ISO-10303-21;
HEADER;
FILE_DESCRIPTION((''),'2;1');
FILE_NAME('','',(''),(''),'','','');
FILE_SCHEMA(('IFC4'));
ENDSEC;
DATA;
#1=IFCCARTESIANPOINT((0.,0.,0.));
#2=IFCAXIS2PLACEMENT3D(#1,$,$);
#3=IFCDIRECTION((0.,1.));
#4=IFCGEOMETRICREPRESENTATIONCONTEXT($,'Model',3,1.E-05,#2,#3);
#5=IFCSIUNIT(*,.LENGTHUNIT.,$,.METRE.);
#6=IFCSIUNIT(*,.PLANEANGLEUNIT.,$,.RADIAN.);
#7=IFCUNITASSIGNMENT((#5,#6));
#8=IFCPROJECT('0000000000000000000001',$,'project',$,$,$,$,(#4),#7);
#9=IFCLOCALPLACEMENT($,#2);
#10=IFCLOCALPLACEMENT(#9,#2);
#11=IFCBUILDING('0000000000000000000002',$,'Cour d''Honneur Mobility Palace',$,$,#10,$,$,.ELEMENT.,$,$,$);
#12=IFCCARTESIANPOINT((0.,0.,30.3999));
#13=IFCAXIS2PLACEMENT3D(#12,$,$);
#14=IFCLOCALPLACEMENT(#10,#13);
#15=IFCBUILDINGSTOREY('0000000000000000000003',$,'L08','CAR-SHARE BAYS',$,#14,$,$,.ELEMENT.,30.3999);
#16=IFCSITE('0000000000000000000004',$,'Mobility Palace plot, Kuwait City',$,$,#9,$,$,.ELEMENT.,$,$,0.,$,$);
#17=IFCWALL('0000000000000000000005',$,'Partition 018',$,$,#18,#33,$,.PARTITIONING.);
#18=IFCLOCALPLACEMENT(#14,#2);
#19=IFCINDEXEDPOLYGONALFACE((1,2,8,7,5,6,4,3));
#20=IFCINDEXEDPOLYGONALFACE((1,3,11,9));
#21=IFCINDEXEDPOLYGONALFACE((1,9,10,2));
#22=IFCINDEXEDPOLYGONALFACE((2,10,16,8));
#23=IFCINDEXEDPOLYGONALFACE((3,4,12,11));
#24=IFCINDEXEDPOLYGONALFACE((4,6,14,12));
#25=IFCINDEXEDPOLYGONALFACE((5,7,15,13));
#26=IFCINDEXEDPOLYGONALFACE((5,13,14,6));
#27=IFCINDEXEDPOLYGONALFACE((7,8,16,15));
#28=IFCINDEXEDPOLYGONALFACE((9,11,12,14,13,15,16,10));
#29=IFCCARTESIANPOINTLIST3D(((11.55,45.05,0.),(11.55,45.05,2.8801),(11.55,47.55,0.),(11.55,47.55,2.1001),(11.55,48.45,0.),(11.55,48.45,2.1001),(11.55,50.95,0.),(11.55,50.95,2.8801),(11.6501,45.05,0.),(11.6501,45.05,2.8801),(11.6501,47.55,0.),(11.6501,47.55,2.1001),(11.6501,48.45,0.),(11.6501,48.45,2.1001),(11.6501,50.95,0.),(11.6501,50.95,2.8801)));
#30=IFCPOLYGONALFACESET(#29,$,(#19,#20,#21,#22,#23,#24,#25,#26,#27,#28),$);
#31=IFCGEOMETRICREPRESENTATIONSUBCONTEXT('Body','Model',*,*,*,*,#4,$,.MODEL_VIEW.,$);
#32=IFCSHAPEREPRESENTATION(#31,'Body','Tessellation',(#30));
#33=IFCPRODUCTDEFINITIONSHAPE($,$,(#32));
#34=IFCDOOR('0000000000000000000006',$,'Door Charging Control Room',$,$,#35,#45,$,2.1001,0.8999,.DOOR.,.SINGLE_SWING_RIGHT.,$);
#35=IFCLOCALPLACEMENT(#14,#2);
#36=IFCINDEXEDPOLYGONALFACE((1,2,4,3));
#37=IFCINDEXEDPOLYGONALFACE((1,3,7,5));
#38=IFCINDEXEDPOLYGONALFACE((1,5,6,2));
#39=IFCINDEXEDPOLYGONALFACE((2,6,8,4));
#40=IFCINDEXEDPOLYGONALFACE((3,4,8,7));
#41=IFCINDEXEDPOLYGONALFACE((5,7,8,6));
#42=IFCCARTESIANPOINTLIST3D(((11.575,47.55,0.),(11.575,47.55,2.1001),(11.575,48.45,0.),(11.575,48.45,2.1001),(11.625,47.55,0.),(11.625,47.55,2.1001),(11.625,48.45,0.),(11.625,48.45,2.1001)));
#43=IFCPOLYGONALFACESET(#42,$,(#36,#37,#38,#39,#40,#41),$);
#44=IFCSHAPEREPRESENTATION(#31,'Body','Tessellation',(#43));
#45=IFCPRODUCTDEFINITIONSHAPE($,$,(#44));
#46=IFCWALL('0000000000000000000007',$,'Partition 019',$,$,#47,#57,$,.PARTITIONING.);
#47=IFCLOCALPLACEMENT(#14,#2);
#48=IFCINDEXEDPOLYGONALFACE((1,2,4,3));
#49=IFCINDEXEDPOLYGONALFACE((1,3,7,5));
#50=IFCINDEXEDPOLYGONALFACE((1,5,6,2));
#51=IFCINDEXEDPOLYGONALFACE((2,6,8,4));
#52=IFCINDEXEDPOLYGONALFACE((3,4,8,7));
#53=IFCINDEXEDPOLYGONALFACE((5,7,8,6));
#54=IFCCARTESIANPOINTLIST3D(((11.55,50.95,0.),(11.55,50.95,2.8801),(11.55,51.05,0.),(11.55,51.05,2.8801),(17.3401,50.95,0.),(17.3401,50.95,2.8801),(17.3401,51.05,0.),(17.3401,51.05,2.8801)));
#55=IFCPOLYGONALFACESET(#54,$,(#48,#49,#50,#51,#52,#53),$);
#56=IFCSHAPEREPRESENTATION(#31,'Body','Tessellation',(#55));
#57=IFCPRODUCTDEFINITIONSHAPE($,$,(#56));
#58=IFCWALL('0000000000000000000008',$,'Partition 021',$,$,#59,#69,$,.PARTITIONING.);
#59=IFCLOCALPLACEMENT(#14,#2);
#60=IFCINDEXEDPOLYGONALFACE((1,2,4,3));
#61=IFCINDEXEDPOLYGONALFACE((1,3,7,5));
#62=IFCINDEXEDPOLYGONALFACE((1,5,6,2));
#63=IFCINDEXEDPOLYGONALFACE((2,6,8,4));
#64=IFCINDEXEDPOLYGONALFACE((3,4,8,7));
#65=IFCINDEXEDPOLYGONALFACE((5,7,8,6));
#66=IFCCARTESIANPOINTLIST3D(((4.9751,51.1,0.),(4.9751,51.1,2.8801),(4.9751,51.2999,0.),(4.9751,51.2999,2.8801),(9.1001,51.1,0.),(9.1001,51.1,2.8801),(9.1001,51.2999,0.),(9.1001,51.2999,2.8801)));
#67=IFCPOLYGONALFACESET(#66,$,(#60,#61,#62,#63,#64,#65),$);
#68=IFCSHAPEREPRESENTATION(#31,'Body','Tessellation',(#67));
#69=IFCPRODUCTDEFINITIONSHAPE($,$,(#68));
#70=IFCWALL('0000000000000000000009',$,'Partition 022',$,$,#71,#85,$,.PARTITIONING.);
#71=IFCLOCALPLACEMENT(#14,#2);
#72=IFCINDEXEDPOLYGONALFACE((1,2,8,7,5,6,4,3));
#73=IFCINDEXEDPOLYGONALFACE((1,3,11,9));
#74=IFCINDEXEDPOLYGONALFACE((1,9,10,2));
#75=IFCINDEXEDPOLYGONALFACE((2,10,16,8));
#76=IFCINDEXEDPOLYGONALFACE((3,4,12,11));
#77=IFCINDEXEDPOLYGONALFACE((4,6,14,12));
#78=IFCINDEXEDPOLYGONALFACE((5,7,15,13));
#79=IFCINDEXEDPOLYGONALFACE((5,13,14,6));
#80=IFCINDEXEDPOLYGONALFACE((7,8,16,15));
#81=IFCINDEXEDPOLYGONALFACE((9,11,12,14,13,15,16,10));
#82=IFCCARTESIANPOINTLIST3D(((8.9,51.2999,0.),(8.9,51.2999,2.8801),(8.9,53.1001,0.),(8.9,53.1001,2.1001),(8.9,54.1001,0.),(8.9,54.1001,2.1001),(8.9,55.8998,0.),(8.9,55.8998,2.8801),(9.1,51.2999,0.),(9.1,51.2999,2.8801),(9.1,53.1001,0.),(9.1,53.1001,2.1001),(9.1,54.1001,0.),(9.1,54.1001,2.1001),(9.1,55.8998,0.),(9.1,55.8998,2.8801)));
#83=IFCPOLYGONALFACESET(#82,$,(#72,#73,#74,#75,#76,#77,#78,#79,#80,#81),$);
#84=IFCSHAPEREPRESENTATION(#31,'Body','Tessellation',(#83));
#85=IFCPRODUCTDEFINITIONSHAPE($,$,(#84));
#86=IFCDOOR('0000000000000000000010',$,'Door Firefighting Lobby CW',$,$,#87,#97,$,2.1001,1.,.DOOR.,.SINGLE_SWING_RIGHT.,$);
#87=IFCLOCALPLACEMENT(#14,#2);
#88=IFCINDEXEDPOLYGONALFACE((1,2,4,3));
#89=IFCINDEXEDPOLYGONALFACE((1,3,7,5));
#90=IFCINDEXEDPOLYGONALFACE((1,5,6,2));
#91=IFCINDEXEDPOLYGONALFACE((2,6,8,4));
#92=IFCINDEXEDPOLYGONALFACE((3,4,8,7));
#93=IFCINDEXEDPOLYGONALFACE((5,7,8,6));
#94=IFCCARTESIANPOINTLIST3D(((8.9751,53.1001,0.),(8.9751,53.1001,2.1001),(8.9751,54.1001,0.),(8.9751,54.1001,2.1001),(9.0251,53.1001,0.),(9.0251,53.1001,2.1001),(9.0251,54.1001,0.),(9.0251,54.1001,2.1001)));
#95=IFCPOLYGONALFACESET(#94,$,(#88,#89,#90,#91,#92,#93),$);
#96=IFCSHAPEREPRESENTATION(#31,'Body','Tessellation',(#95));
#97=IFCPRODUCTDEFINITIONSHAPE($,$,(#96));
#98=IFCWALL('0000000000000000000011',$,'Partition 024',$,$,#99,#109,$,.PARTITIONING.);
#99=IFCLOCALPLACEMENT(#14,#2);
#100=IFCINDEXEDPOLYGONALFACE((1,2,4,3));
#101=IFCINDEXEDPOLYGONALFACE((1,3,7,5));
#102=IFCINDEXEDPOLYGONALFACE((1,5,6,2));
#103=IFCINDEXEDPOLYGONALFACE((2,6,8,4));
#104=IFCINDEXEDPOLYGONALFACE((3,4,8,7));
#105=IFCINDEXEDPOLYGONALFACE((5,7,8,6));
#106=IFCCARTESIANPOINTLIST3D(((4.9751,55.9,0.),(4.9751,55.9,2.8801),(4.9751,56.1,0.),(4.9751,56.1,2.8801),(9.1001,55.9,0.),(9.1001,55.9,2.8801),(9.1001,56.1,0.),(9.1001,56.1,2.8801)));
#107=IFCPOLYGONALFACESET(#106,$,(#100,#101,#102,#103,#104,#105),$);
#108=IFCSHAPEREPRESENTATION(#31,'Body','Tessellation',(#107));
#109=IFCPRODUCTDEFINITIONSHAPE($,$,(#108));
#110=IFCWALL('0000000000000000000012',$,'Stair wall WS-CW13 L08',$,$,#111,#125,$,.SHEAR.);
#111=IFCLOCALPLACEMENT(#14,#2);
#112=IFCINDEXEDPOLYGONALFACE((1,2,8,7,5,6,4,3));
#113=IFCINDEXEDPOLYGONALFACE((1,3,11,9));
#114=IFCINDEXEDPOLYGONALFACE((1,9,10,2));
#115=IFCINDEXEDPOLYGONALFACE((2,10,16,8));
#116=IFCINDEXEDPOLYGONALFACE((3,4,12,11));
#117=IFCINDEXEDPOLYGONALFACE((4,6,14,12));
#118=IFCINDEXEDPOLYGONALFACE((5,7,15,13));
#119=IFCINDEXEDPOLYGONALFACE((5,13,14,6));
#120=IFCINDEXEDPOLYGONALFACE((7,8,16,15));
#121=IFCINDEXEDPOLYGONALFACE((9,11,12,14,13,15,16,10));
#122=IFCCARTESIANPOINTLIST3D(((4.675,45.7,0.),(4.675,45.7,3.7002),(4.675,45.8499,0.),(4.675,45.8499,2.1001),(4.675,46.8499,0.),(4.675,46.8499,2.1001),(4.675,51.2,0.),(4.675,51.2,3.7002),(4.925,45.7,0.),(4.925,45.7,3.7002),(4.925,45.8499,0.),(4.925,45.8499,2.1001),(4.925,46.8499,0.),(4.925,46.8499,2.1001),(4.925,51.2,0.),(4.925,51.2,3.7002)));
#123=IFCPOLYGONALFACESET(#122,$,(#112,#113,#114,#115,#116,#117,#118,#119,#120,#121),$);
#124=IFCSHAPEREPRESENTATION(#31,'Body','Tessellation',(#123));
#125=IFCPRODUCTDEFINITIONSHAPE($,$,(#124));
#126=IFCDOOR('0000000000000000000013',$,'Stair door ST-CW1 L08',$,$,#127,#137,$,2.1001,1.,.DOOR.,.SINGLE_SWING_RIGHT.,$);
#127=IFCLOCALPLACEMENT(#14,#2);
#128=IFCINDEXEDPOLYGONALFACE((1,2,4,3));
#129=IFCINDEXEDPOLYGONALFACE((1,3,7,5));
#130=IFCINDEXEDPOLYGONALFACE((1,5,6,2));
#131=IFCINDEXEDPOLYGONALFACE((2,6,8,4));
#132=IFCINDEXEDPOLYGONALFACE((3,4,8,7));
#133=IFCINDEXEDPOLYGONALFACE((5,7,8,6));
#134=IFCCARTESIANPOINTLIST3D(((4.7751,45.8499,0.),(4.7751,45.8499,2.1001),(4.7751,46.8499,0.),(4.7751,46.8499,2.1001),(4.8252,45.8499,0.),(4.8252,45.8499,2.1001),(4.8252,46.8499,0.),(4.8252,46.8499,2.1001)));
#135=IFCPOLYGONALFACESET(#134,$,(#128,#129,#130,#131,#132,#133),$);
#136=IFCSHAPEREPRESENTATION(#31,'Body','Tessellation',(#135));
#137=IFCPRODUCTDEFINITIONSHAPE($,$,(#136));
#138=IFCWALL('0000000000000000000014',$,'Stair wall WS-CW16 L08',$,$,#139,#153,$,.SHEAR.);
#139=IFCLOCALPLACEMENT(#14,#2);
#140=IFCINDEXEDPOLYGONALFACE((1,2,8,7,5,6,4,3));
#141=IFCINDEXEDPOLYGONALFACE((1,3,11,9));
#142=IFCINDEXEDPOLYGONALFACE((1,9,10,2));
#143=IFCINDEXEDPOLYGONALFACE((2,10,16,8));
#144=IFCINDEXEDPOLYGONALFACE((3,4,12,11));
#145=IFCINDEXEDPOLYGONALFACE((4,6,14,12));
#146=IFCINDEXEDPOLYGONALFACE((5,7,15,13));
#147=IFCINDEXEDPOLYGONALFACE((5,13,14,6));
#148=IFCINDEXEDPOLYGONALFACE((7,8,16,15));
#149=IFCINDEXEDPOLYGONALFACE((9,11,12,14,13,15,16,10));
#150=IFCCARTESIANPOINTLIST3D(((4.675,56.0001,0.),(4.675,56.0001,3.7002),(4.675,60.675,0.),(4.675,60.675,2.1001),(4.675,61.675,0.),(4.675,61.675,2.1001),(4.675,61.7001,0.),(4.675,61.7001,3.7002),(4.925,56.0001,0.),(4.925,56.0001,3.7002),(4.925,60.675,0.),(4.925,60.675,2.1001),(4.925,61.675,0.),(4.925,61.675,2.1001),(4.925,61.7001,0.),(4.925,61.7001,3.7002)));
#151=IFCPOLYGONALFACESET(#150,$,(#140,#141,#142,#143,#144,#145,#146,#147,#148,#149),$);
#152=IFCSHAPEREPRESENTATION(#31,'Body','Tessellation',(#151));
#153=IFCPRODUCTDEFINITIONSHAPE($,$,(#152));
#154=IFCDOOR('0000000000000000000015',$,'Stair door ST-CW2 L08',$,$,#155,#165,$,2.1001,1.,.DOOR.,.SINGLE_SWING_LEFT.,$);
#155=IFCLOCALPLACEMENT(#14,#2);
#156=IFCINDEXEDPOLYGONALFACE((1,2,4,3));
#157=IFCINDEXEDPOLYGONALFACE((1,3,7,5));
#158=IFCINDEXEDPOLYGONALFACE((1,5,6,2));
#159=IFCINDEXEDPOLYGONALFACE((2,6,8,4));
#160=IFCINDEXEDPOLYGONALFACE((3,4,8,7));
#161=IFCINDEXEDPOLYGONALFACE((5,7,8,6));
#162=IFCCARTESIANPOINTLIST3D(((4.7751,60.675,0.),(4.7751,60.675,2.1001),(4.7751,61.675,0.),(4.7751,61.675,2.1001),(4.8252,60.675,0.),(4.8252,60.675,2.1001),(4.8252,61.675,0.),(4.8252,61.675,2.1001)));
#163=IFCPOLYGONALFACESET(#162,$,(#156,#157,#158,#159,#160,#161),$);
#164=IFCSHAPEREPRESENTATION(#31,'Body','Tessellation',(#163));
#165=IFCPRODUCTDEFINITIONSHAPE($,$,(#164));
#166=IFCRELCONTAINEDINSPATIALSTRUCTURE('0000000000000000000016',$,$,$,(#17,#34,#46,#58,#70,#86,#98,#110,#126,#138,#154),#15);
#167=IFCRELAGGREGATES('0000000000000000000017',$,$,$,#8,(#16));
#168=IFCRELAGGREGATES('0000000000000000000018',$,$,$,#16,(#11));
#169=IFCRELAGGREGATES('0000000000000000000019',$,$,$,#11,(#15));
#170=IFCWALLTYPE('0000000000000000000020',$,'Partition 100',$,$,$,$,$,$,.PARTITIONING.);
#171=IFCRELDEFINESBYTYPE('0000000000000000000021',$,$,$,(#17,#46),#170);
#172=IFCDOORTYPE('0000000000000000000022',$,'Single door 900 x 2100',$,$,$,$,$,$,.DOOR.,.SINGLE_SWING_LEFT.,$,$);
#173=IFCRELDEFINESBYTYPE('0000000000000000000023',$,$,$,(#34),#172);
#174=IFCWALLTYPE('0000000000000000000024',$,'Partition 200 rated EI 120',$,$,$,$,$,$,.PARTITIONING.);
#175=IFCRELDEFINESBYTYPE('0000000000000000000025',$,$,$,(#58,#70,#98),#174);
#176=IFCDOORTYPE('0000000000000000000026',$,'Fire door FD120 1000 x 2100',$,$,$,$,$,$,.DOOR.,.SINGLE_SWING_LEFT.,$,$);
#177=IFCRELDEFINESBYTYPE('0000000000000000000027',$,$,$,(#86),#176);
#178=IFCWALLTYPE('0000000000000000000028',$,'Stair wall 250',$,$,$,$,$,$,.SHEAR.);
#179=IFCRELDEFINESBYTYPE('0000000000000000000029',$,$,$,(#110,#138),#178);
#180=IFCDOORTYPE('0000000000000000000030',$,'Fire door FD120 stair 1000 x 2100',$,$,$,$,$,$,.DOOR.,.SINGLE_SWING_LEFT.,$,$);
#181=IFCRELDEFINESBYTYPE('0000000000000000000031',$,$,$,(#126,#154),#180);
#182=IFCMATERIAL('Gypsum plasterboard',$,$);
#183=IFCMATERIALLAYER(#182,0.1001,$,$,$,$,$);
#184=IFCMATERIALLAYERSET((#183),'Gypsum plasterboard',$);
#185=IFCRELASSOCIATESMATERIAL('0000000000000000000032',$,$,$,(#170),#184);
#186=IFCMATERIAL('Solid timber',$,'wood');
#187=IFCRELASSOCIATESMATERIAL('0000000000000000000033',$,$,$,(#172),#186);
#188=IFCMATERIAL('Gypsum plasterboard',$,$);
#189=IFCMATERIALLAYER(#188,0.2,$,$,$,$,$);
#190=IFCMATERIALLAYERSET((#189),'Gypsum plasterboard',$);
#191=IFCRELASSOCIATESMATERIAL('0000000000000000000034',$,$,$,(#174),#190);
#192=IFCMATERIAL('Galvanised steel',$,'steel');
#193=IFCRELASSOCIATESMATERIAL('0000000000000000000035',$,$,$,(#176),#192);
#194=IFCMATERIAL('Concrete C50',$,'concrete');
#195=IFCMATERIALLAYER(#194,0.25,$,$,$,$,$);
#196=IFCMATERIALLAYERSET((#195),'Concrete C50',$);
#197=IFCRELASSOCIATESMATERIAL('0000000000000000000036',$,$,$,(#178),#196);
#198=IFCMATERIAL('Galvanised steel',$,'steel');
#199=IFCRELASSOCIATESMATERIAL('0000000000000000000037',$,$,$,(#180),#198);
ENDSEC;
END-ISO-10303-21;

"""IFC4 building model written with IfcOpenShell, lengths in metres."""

from ifc_helpers import new_model, si_unit, direction, frame, frame_2d, origin, place, context, subcontext, project, spatial, rectangle, extrude, material, layer, layer_set, type_object, element, fill, save


model = new_model("IFC4")

# Units and contexts
model_context = context("Model", 3, precision=1e-05, world=origin(), true_north=direction((0.0, 1.0)))
body_context = subcontext(model_context, "Body", "Model", "MODEL_VIEW")
ifc_project = project(units=[si_unit("LENGTHUNIT", "METRE"), si_unit("PLANEANGLEUNIT", "RADIAN")], contexts=[model_context])

# Site, building, storey
site_placement = place(None, origin())
site = spatial("IfcSite", under=ifc_project, at=site_placement, Name="Mobility Palace plot, Kuwait City", CompositionType="ELEMENT", RefElevation=0.0)
building_placement = place(site_placement, origin())
building = spatial("IfcBuilding", under=site, at=building_placement, Name="Cour d'Honneur Mobility Palace", CompositionType="ELEMENT")
storey_placement = place(building_placement, frame((0.0, 0.0, 30.3999)))
storey = spatial("IfcBuildingStorey", under=building, at=storey_placement, Name="L08", Description="CAR-SHARE BAYS", CompositionType="ELEMENT", Elevation=30.3999)

# Shared definitions
ifc_material_1 = material(Name="Gypsum plasterboard")
ifc_layer_1 = layer(ifc_material_1, 0.1001)
ifc_layer_set_1 = layer_set([ifc_layer_1], Name="Gypsum plasterboard")
wall_type_1 = type_object("IfcWallType", Name="Partition 100", PredefinedType="PARTITIONING", material=ifc_layer_set_1)

# Wall, opening, door
wall_1_placement = place(storey_placement, frame((11.6001, 50.95, 0.0), z_axis=(0.0, 0.0, 1.0), x_axis=(0.0, -1.0, 0.0)))
wall_1 = element("IfcWall", 1, at=wall_1_placement, inside=storey, type_object=wall_type_1, Name="Partition 018", PredefinedType="PARTITIONING", context=body_context, shape_type="SweptSolid", body=[
    extrude(rectangle(XDim=5.8999, YDim=0.1001, at=frame_2d((2.95, 0.0))), origin(), (0.0, 0.0, 1.0), 2.8801),
])
opening_1_placement = place(wall_1_placement, frame((2.5, 0.0, 0.0)))
opening_1 = element("IfcOpeningElement", 2, at=opening_1_placement, cuts=wall_1, PredefinedType="OPENING", context=body_context, shape_type="SweptSolid", body=[
    extrude(rectangle(XDim=0.8999, YDim=2.1001, at=frame_2d((0.45, 1.05))), frame((0.0, 0.0601, 0.0), z_axis=(0.0, -1.0, 0.0), x_axis=(1.0, 0.0, 0.0)), (0.0, 0.0, 1.0), 0.1201),
])
ifc_material_2 = material(Name="Solid timber", Category="wood")
door_type_1 = type_object("IfcDoorType", Name="Single door 900 x 2100", OperationType="SINGLE_SWING_LEFT", PredefinedType="DOOR", material=ifc_material_2)
door_1_placement = place(opening_1_placement, origin())
door_1 = element("IfcDoor", 3, at=door_1_placement, inside=storey, type_object=door_type_1, Name="Door Charging Control Room", OperationType="SINGLE_SWING_RIGHT", OverallHeight=2.1001, OverallWidth=0.8999, PredefinedType="DOOR", context=body_context, shape_type="SweptSolid", body=[
    extrude(rectangle(XDim=0.8999, YDim=2.1001, at=frame_2d((0.45, 1.05))), frame((0.0, 0.0249, 0.0), z_axis=(0.0, -1.0, 0.0), x_axis=(1.0, 0.0, 0.0)), (0.0, 0.0, 1.0), 0.05),
])
fill(opening_1, door_1)

# Walls
wall_2_placement = place(storey_placement, frame((17.3401, 51.0, 0.0), z_axis=(0.0, 0.0, 1.0), x_axis=(-1.0, 0.0, 0.0)))
element("IfcWall", 4, at=wall_2_placement, inside=storey, type_object=wall_type_1, Name="Partition 019", PredefinedType="PARTITIONING", context=body_context, shape_type="SweptSolid", body=[
    extrude(rectangle(XDim=5.79, YDim=0.1001, at=frame_2d((2.895, 0.0))), origin(), (0.0, 0.0, 1.0), 2.8801),
])
ifc_material_3 = material(Name="Gypsum plasterboard")
ifc_layer_2 = layer(ifc_material_3, 0.2)
ifc_layer_set_2 = layer_set([ifc_layer_2], Name="Gypsum plasterboard")
wall_type_2 = type_object("IfcWallType", Name="Partition 200 rated EI 120", PredefinedType="PARTITIONING", material=ifc_layer_set_2)
wall_3_placement = place(storey_placement, frame((4.9751, 51.2, 0.0), z_axis=(0.0, 0.0, 1.0), x_axis=(1.0, 0.0, 0.0)))
element("IfcWall", 5, at=wall_3_placement, inside=storey, type_object=wall_type_2, Name="Partition 021", PredefinedType="PARTITIONING", context=body_context, shape_type="SweptSolid", body=[
    extrude(rectangle(XDim=4.125, YDim=0.2, at=frame_2d((2.0625, 0.0))), origin(), (0.0, 0.0, 1.0), 2.8801),
])

# Wall, opening, door
wall_4_placement = place(storey_placement, frame((9.0, 51.3, 0.0), z_axis=(0.0, 0.0, 1.0), x_axis=(0.0, 1.0, 0.0)))
wall_4 = element("IfcWall", 6, at=wall_4_placement, inside=storey, type_object=wall_type_2, Name="Partition 022", PredefinedType="PARTITIONING", context=body_context, shape_type="SweptSolid", body=[
    extrude(rectangle(XDim=4.5999, YDim=0.2, at=frame_2d((2.2998, 0.0))), origin(), (0.0, 0.0, 1.0), 2.8801),
])
opening_2_placement = place(wall_4_placement, frame((1.8, 0.0, 0.0)))
opening_2 = element("IfcOpeningElement", 7, at=opening_2_placement, cuts=wall_4, PredefinedType="OPENING", context=body_context, shape_type="SweptSolid", body=[
    extrude(rectangle(XDim=1.0, YDim=2.1001, at=frame_2d((0.5, 1.05))), frame((0.0, 0.1099, 0.0), z_axis=(0.0, -1.0, 0.0), x_axis=(1.0, 0.0, 0.0)), (0.0, 0.0, 1.0), 0.22),
])
ifc_material_4 = material(Name="Galvanised steel", Category="steel")
door_type_2 = type_object("IfcDoorType", Name="Fire door FD120 1000 x 2100", OperationType="SINGLE_SWING_LEFT", PredefinedType="DOOR", material=ifc_material_4)
door_2_placement = place(opening_2_placement, origin())
door_2 = element("IfcDoor", 8, at=door_2_placement, inside=storey, type_object=door_type_2, Name="Door Firefighting Lobby CW", OperationType="SINGLE_SWING_RIGHT", OverallHeight=2.1001, OverallWidth=1.0, PredefinedType="DOOR", context=body_context, shape_type="SweptSolid", body=[
    extrude(rectangle(XDim=1.0, YDim=2.1001, at=frame_2d((0.5, 1.05))), frame((0.0, 0.0249, 0.0), z_axis=(0.0, -1.0, 0.0), x_axis=(1.0, 0.0, 0.0)), (0.0, 0.0, 1.0), 0.05),
])
fill(opening_2, door_2)

# Wall
wall_5_placement = place(storey_placement, frame((9.1001, 56.0, 0.0), z_axis=(0.0, 0.0, 1.0), x_axis=(-1.0, 0.0, 0.0)))
element("IfcWall", 9, at=wall_5_placement, inside=storey, type_object=wall_type_2, Name="Partition 024", PredefinedType="PARTITIONING", context=body_context, shape_type="SweptSolid", body=[
    extrude(rectangle(XDim=4.125, YDim=0.2, at=frame_2d((2.0625, 0.0))), origin(), (0.0, 0.0, 1.0), 2.8801),
])

# Walls, openings, doors
ifc_material_5 = material(Name="Concrete C50", Category="concrete")
ifc_layer_3 = layer(ifc_material_5, 0.25)
ifc_layer_set_3 = layer_set([ifc_layer_3], Name="Concrete C50")
wall_type_3 = type_object("IfcWallType", Name="Stair wall 250", PredefinedType="SHEAR", material=ifc_layer_set_3)
wall_6_placement = place(storey_placement, frame((4.8, 45.7, 0.0), z_axis=(0.0, 0.0, 1.0), x_axis=(0.0, 1.0, 0.0)))
wall_6 = element("IfcWall", 10, at=wall_6_placement, inside=storey, type_object=wall_type_3, Name="Stair wall WS-CW13 L08", PredefinedType="SHEAR", context=body_context, shape_type="SweptSolid", body=[
    extrude(rectangle(XDim=5.5, YDim=0.25, at=frame_2d((2.75, 0.0))), origin(), (0.0, 0.0, 1.0), 3.7002),
])
opening_3_placement = place(wall_6_placement, frame((0.1499, 0.0, 0.0)))
opening_3 = element("IfcOpeningElement", 11, at=opening_3_placement, cuts=wall_6, PredefinedType="OPENING", context=body_context, shape_type="SweptSolid", body=[
    extrude(rectangle(XDim=1.0, YDim=2.1001, at=frame_2d((0.5, 1.05))), frame((0.0, 0.135, 0.0), z_axis=(0.0, -1.0, 0.0), x_axis=(1.0, 0.0, 0.0)), (0.0, 0.0, 1.0), 0.27),
])
ifc_material_6 = material(Name="Galvanised steel", Category="steel")
door_type_3 = type_object("IfcDoorType", Name="Fire door FD120 stair 1000 x 2100", OperationType="SINGLE_SWING_LEFT", PredefinedType="DOOR", material=ifc_material_6)
door_3_placement = place(opening_3_placement, origin())
door_3 = element("IfcDoor", 12, at=door_3_placement, inside=storey, type_object=door_type_3, Name="Stair door ST-CW1 L08", OperationType="SINGLE_SWING_RIGHT", OverallHeight=2.1001, OverallWidth=1.0, PredefinedType="DOOR", context=body_context, shape_type="SweptSolid", body=[
    extrude(rectangle(XDim=1.0, YDim=2.1001, at=frame_2d((0.5, 1.05))), frame((0.0, 0.0249, 0.0), z_axis=(0.0, -1.0, 0.0), x_axis=(1.0, 0.0, 0.0)), (0.0, 0.0, 1.0), 0.05),
])
fill(opening_3, door_3)
wall_7_placement = place(storey_placement, frame((4.8, 56.0, 0.0), z_axis=(0.0, 0.0, 1.0), x_axis=(0.0, 1.0, 0.0)))
wall_7 = element("IfcWall", 13, at=wall_7_placement, inside=storey, type_object=wall_type_3, Name="Stair wall WS-CW16 L08", PredefinedType="SHEAR", context=body_context, shape_type="SweptSolid", body=[
    extrude(rectangle(XDim=5.7, YDim=0.25, at=frame_2d((2.8501, 0.0))), origin(), (0.0, 0.0, 1.0), 3.7002),
])
opening_4_placement = place(wall_7_placement, frame((4.675, 0.0, 0.0)))
opening_4 = element("IfcOpeningElement", 14, at=opening_4_placement, cuts=wall_7, PredefinedType="OPENING", context=body_context, shape_type="SweptSolid", body=[
    extrude(rectangle(XDim=1.0, YDim=2.1001, at=frame_2d((0.5, 1.05))), frame((0.0, 0.135, 0.0), z_axis=(0.0, -1.0, 0.0), x_axis=(1.0, 0.0, 0.0)), (0.0, 0.0, 1.0), 0.27),
])
door_4_placement = place(opening_4_placement, origin())
door_4 = element("IfcDoor", 15, at=door_4_placement, inside=storey, type_object=door_type_3, Name="Stair door ST-CW2 L08", OperationType="SINGLE_SWING_LEFT", OverallHeight=2.1001, OverallWidth=1.0, PredefinedType="DOOR", context=body_context, shape_type="SweptSolid", body=[
    extrude(rectangle(XDim=1.0, YDim=2.1001, at=frame_2d((0.5, 1.05))), frame((0.0, 0.0249, 0.0), z_axis=(0.0, -1.0, 0.0), x_axis=(1.0, 0.0, 0.0)), (0.0, 0.0, 1.0), 0.05),
])
fill(opening_4, door_4)

save(model, "model.ifc")
